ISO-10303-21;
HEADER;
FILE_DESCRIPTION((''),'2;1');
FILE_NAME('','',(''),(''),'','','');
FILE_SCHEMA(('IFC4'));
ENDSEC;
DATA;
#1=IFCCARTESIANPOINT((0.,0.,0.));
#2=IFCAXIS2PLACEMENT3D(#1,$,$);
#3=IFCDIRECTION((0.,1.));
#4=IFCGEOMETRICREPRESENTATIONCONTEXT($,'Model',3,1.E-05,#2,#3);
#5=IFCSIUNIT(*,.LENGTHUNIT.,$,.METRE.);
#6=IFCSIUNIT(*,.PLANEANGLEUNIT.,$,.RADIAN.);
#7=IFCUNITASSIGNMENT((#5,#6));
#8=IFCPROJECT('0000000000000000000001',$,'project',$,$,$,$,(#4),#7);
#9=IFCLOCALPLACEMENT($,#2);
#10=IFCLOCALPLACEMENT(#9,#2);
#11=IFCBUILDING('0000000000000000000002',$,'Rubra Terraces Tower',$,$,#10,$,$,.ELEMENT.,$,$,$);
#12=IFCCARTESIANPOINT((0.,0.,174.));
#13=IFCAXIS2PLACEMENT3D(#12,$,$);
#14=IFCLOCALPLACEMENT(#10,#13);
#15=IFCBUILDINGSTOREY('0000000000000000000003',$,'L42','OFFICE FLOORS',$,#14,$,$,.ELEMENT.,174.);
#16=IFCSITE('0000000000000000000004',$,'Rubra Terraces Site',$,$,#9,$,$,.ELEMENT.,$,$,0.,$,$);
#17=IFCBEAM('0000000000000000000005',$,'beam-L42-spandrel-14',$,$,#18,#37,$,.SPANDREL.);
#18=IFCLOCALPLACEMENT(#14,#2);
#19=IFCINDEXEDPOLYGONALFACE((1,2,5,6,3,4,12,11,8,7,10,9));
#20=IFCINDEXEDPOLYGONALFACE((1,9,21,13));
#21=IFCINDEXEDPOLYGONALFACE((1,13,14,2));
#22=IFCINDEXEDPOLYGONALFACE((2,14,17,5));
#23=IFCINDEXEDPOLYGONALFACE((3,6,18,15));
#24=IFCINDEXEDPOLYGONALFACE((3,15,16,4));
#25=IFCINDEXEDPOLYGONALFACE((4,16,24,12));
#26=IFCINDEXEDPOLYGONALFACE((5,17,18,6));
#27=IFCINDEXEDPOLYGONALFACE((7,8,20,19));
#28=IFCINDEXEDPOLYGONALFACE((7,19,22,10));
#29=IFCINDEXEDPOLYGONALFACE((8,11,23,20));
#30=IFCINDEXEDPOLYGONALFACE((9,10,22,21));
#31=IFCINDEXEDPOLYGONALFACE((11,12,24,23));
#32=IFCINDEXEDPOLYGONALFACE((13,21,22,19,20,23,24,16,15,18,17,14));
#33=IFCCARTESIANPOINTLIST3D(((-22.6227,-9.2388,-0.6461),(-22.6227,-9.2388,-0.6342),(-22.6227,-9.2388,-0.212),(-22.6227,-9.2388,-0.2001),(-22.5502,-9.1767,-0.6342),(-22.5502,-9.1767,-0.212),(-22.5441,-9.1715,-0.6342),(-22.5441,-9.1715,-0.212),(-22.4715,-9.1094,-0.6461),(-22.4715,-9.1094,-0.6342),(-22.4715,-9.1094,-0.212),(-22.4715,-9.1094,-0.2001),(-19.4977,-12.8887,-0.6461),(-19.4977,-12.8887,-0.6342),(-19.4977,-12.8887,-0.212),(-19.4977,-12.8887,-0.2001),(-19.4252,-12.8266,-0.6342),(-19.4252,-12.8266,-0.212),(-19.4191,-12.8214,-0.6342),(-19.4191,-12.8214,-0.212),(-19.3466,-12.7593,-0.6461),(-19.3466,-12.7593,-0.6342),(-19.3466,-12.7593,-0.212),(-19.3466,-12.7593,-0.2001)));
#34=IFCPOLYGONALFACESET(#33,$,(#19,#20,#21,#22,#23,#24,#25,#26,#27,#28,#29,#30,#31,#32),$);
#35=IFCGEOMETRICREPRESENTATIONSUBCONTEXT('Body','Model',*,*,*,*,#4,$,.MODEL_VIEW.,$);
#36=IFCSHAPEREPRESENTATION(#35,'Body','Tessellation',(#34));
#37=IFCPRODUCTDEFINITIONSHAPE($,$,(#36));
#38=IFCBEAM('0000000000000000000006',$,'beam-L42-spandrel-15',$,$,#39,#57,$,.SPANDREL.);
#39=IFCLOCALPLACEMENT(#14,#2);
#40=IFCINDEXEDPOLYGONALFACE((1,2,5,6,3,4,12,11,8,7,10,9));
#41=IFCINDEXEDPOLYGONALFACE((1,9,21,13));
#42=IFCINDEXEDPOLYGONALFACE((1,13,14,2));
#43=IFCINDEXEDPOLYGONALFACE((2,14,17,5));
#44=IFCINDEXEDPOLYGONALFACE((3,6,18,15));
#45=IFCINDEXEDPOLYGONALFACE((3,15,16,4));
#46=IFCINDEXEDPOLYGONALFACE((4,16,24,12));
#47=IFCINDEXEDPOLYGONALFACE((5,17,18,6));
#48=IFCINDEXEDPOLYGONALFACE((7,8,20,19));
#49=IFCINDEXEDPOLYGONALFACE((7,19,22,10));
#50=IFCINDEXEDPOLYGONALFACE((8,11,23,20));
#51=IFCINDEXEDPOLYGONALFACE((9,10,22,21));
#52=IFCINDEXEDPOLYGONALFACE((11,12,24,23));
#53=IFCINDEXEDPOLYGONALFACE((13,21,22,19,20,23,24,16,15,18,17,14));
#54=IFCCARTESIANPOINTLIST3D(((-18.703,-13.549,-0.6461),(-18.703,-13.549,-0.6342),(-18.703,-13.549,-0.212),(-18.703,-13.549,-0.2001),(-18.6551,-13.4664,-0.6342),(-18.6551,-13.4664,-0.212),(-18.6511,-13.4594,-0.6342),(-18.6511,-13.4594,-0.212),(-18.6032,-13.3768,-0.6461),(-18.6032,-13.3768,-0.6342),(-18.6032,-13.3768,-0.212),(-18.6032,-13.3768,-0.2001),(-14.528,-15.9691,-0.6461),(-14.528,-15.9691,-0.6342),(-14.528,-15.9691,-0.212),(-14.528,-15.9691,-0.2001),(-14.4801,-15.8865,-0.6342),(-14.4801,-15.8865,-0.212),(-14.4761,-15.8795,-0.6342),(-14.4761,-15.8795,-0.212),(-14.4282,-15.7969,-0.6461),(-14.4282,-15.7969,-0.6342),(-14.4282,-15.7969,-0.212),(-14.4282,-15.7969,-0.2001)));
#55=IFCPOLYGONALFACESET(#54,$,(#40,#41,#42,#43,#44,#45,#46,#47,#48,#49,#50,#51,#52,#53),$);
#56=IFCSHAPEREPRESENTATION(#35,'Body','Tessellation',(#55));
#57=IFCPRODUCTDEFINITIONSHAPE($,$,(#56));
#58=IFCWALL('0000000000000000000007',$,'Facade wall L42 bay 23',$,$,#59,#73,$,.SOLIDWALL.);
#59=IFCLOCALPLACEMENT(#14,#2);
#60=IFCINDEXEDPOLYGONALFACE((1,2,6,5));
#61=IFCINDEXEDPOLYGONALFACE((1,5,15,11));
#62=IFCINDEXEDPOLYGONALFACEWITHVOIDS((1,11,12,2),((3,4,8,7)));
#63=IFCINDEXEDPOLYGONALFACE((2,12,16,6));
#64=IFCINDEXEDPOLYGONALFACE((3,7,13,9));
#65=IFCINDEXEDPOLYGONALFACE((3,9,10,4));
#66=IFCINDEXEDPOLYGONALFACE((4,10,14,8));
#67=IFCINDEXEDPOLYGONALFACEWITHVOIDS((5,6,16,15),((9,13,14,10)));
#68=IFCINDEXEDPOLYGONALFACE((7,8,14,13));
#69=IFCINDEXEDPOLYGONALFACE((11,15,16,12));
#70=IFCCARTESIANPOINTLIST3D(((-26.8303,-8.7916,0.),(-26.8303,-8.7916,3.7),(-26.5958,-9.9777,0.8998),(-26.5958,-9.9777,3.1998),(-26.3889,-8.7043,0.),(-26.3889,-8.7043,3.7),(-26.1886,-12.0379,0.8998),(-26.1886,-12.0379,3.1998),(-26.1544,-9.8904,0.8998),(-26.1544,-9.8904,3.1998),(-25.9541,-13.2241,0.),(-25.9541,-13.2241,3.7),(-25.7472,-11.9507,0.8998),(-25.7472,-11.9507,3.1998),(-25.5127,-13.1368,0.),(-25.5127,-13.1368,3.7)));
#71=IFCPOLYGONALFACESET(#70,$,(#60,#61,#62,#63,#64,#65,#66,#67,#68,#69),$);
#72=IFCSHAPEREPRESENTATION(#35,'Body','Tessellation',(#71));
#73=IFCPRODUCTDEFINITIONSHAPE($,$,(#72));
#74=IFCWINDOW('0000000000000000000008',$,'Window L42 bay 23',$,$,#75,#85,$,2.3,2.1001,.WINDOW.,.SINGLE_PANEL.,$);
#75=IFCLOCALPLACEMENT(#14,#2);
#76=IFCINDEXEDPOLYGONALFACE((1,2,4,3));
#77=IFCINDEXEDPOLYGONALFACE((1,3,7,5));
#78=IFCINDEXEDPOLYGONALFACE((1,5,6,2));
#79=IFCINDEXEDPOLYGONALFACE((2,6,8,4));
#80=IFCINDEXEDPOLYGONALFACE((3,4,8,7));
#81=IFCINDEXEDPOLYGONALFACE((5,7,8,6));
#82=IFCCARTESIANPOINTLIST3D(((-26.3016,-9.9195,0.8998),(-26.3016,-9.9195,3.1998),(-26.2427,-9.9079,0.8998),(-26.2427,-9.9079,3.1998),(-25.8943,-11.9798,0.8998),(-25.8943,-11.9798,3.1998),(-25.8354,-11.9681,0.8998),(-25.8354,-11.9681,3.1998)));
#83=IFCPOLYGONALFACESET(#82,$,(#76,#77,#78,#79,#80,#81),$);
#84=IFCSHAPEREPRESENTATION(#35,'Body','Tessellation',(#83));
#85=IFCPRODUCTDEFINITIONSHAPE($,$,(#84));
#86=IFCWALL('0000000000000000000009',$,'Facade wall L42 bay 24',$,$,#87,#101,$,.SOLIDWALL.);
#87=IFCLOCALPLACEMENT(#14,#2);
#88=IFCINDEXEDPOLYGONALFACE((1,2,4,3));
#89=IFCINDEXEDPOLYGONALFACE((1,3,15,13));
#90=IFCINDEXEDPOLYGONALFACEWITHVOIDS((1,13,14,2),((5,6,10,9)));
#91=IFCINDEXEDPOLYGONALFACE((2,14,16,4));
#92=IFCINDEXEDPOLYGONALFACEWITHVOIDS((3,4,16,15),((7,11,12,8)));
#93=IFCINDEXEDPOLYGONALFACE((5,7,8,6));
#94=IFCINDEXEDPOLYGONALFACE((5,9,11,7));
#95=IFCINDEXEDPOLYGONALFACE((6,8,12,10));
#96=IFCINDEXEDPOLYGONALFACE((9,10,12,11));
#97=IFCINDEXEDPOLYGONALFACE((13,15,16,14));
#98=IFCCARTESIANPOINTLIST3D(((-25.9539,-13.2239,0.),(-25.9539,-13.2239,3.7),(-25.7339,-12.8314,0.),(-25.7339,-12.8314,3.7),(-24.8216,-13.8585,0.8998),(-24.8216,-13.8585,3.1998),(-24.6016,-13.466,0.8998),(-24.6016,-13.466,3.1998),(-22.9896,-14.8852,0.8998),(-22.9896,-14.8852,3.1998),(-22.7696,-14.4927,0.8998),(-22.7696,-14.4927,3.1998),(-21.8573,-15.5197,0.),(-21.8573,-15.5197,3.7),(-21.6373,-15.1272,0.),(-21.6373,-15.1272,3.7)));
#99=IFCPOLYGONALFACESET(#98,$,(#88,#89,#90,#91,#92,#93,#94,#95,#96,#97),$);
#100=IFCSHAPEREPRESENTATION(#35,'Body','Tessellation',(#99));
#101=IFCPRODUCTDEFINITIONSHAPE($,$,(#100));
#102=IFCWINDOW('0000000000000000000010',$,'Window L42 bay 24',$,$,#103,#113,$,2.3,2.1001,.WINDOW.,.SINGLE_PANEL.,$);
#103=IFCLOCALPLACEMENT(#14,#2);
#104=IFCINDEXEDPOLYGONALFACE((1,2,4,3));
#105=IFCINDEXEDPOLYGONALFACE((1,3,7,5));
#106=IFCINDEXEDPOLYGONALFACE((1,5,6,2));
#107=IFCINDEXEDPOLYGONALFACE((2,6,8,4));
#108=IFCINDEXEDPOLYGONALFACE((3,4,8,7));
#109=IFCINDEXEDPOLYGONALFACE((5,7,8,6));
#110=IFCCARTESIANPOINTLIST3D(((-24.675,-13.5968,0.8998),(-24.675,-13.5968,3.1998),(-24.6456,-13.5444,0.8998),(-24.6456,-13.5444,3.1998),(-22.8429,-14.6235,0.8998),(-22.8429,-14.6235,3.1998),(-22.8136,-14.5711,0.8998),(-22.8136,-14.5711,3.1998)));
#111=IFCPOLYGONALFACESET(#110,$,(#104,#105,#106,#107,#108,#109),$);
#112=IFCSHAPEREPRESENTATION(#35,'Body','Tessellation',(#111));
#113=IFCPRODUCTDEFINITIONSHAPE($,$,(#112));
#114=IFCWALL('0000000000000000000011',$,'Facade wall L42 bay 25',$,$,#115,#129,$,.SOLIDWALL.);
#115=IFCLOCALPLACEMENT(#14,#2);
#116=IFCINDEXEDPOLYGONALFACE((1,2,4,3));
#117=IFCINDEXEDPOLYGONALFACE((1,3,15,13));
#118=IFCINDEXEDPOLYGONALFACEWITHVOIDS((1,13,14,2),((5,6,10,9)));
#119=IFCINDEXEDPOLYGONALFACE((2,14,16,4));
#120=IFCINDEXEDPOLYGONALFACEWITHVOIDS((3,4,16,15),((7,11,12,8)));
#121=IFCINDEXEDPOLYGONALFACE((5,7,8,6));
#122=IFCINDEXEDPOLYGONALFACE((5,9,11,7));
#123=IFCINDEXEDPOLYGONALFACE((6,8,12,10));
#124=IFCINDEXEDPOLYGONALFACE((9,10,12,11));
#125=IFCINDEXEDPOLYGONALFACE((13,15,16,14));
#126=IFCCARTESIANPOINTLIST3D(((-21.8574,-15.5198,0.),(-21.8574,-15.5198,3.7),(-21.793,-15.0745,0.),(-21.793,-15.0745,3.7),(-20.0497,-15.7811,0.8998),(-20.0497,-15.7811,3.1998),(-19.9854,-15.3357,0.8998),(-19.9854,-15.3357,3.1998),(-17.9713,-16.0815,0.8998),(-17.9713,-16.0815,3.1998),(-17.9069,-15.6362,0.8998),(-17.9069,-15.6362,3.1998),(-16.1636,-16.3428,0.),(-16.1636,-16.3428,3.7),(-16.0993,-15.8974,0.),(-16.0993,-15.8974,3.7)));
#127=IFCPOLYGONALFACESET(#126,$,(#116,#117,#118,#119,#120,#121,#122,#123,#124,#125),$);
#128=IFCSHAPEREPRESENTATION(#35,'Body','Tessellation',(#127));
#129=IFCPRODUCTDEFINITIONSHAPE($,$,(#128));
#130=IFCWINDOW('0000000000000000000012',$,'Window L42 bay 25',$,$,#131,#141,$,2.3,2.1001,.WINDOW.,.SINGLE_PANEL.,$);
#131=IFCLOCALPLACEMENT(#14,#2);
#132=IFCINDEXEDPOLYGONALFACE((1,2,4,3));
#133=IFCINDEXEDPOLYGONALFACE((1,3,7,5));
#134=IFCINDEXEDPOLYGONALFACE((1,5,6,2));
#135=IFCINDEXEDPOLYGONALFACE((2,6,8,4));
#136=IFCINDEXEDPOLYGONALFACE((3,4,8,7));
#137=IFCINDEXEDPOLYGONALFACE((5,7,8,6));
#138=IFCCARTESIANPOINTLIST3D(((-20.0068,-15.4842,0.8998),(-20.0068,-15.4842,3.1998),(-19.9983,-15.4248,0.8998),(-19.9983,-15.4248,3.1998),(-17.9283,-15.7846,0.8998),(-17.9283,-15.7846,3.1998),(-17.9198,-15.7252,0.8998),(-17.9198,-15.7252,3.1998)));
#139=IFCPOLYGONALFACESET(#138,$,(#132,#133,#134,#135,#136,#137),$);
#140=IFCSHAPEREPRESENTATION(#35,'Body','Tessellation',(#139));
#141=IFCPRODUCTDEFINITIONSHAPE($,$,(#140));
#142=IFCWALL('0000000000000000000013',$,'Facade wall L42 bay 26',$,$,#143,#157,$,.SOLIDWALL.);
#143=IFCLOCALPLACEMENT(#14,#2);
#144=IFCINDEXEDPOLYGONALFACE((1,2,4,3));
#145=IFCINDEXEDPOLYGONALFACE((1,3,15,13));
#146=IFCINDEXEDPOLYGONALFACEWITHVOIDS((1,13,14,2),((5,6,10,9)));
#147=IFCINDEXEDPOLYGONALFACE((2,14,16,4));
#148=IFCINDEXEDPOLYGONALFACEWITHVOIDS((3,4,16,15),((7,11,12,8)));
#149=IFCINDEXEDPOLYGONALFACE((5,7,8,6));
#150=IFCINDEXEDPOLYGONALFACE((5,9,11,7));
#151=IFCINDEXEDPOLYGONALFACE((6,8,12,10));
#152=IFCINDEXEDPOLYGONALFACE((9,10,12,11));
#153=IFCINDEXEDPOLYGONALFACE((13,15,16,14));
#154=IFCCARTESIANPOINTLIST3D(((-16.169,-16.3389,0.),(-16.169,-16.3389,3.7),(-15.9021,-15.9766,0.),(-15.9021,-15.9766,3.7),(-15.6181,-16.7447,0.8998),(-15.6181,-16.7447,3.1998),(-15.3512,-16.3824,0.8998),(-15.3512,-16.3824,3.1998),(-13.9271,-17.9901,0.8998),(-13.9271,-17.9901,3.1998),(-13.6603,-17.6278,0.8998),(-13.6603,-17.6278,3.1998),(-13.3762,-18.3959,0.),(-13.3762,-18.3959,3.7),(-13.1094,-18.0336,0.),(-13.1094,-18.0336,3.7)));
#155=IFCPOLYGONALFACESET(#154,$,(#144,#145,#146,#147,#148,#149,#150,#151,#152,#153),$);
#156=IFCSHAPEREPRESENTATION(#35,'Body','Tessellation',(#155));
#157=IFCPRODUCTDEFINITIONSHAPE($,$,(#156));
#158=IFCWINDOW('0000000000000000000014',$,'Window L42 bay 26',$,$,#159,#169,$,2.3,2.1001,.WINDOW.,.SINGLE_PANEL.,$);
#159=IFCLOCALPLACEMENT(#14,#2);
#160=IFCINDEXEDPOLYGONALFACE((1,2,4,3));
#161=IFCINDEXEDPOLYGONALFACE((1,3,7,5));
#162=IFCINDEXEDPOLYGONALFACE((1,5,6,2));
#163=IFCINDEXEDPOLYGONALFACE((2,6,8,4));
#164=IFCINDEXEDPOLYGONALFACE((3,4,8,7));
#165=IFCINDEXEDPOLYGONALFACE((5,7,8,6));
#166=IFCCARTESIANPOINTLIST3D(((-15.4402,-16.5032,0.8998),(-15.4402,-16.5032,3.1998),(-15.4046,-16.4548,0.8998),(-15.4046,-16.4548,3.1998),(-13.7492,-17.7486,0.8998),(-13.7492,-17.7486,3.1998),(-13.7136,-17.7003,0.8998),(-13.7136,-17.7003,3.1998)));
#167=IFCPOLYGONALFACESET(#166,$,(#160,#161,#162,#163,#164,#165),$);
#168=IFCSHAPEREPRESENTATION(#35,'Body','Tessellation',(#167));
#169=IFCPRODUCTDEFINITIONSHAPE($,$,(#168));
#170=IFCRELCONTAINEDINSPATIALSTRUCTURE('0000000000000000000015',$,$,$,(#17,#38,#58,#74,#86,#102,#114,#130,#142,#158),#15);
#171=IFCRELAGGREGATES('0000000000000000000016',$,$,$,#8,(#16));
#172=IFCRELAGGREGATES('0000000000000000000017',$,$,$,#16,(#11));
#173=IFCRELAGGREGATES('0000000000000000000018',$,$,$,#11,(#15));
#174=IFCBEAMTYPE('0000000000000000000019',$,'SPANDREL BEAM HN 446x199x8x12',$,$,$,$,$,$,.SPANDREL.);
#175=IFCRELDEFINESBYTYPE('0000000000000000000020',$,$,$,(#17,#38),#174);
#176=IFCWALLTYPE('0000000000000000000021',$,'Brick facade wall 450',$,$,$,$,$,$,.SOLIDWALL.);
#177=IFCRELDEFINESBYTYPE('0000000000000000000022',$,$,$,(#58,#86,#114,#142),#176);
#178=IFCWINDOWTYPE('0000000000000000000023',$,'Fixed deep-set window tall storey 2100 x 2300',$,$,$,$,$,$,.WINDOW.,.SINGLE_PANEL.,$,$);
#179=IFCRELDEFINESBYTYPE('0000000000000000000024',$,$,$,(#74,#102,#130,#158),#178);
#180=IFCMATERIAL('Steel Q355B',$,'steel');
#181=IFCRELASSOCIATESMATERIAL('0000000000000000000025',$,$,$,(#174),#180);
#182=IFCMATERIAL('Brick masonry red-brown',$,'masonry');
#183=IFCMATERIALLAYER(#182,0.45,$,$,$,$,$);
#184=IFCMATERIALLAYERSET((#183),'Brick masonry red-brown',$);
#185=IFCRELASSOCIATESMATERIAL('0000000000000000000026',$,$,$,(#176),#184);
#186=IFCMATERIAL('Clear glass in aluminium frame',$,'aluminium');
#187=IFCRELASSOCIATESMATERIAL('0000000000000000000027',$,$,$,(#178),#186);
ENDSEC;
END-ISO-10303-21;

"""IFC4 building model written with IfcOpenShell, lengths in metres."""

from ifc_helpers import new_model, si_unit, direction, frame, frame_2d, origin, origin_2d, place, context, subcontext, project, spatial, rectangle, i_section, extrude, material, layer, layer_set, material_profile, profile_set, type_object, element, fill, save


model = new_model("IFC4")

# Units and contexts
model_context = context("Model", 3, precision=1e-05, world=origin(), true_north=direction((0.0, 1.0)))
body_context = subcontext(model_context, "Body", "Model", "MODEL_VIEW")
ifc_project = project(units=[si_unit("LENGTHUNIT", "METRE"), si_unit("PLANEANGLEUNIT", "RADIAN")], contexts=[model_context])

# Site, building, storey
site_placement = place(None, origin())
site = spatial("IfcSite", under=ifc_project, at=site_placement, Name="Rubra Terraces Site", CompositionType="ELEMENT", RefElevation=0.0)
building_placement = place(site_placement, origin())
building = spatial("IfcBuilding", under=site, at=building_placement, Name="Rubra Terraces Tower", CompositionType="ELEMENT")
storey_placement = place(building_placement, frame((0.0, 0.0, 174.0)))
storey = spatial("IfcBuildingStorey", under=building, at=storey_placement, Name="L42", Description="OFFICE FLOORS", CompositionType="ELEMENT", Elevation=174.0)

# Beams
ifc_material_1 = material(Name="Steel Q355B", Category="steel")
ifc_material_profile_1 = material_profile(ifc_material_1, i_section(OverallWidth=0.199, OverallDepth=0.446, WebThickness=0.0081, FlangeThickness=0.012, at=origin_2d()), Name="HN 446x199x8x12")
ifc_profile_set_1 = profile_set([ifc_material_profile_1], Name="Steel Q355B")
beam_type_1 = type_object("IfcBeamType", Name="SPANDREL BEAM HN 446x199x8x12", PredefinedType="SPANDREL", material=ifc_profile_set_1)
beam_1_placement = place(storey_placement, frame((-22.5471, -9.1741, -0.4231), z_axis=(0.650373, -0.759615, 0.0), x_axis=(0.759615, 0.650373, 0.0)))
element("IfcBeam", 1, at=beam_1_placement, inside=storey, type_object=beam_type_1, Name="beam-L42-spandrel-14", PredefinedType="SPANDREL", context=body_context, shape_type="SweptSolid", body=[
    extrude(i_section(OverallWidth=0.199, OverallDepth=0.446, WebThickness=0.0081, FlangeThickness=0.012, at=origin_2d()), origin(), (0.0, 0.0, 1.0), 4.8049),
])
beam_2_placement = place(storey_placement, frame((-18.6531, -13.4629, -0.4231), z_axis=(0.865154, -0.501507, 0.0), x_axis=(0.501507, 0.865154, 0.0)))
element("IfcBeam", 2, at=beam_2_placement, inside=storey, type_object=beam_type_1, Name="beam-L42-spandrel-15", PredefinedType="SPANDREL", context=body_context, shape_type="SweptSolid", body=[
    extrude(i_section(OverallWidth=0.199, OverallDepth=0.446, WebThickness=0.0081, FlangeThickness=0.012, at=origin_2d()), origin(), (0.0, 0.0, 1.0), 4.8257),
])

# Walls, openings, windows
ifc_material_2 = material(Name="Brick masonry red-brown", Category="masonry")
ifc_layer_1 = layer(ifc_material_2, 0.45)
ifc_layer_set_1 = layer_set([ifc_layer_1], Name="Brick masonry red-brown")
wall_type_1 = type_object("IfcWallType", Name="Brick facade wall 450", PredefinedType="SOLIDWALL", material=ifc_layer_set_1)
wall_1_placement = place(storey_placement, frame((-26.6096, -8.7478, 0.0), z_axis=(0.0, 0.0, 1.0), x_axis=(0.193923, -0.981017, 0.0)))
wall_1 = element("IfcWall", 3, at=wall_1_placement, inside=storey, type_object=wall_type_1, Name="Facade wall L42 bay 23", PredefinedType="SOLIDWALL", context=body_context, shape_type="SweptSolid", body=[
    extrude(rectangle(XDim=4.5183, YDim=0.45, at=frame_2d((2.2593, 0.0))), origin(), (0.0, 0.0, 1.0), 3.7),
])
opening_1_placement = place(wall_1_placement, frame((1.2092, 0.0, 0.8999)))
opening_1 = element("IfcOpeningElement", 4, at=opening_1_placement, cuts=wall_1, PredefinedType="OPENING", context=body_context, shape_type="SweptSolid", body=[
    extrude(rectangle(XDim=2.1001, YDim=2.3, at=frame_2d((1.05, 1.1499))), frame((0.0, 0.2349, 0.0), z_axis=(0.0, -1.0, 0.0), x_axis=(1.0, 0.0, 0.0)), (0.0, 0.0, 1.0), 0.47),
])
ifc_material_3 = material(Name="Clear glass in aluminium frame", Category="aluminium")
window_type = type_object("IfcWindowType", Name="Fixed deep-set window tall storey 2100 x 2300", PartitioningType="SINGLE_PANEL", PredefinedType="WINDOW", material=ifc_material_3)
window_1_placement = place(opening_1_placement, origin())
window_1 = element("IfcWindow", 5, at=window_1_placement, inside=storey, type_object=window_type, Name="Window L42 bay 23", OverallHeight=2.3, OverallWidth=2.1001, PartitioningType="SINGLE_PANEL", PredefinedType="WINDOW", context=body_context, shape_type="SweptSolid", body=[
    extrude(rectangle(XDim=2.1001, YDim=2.3, at=frame_2d((1.05, 1.1499))), frame((0.0, 0.135, 0.0), z_axis=(0.0, -1.0, 0.0), x_axis=(1.0, 0.0, 0.0)), (0.0, 0.0, 1.0), 0.0601),
])
fill(opening_1, window_1)
wall_2_placement = place(storey_placement, frame((-25.844, -13.0276, 0.0), z_axis=(0.0, 0.0, 1.0), x_axis=(0.872346, -0.488888, 0.0)))
wall_2 = element("IfcWall", 6, at=wall_2_placement, inside=storey, type_object=wall_type_1, Name="Facade wall L42 bay 24", PredefinedType="SOLIDWALL", context=body_context, shape_type="SweptSolid", body=[
    extrude(rectangle(XDim=4.696, YDim=0.45, at=frame_2d((2.3481, 0.0))), origin(), (0.0, 0.0, 1.0), 3.7),
])
opening_2_placement = place(wall_2_placement, frame((1.2981, 0.0, 0.8999)))
opening_2 = element("IfcOpeningElement", 7, at=opening_2_placement, cuts=wall_2, PredefinedType="OPENING", context=body_context, shape_type="SweptSolid", body=[
    extrude(rectangle(XDim=2.1001, YDim=2.3, at=frame_2d((1.05, 1.1499))), frame((0.0, 0.2349, 0.0), z_axis=(0.0, -1.0, 0.0), x_axis=(1.0, 0.0, 0.0)), (0.0, 0.0, 1.0), 0.47),
])
window_2_placement = place(opening_2_placement, origin())
window_2 = element("IfcWindow", 8, at=window_2_placement, inside=storey, type_object=window_type, Name="Window L42 bay 24", OverallHeight=2.3, OverallWidth=2.1001, PartitioningType="SINGLE_PANEL", PredefinedType="WINDOW", context=body_context, shape_type="SweptSolid", body=[
    extrude(rectangle(XDim=2.1001, YDim=2.3, at=frame_2d((1.05, 1.1499))), frame((0.0, 0.135, 0.0), z_axis=(0.0, -1.0, 0.0), x_axis=(1.0, 0.0, 0.0)), (0.0, 0.0, 1.0), 0.0601),
])
fill(opening_2, window_2)
wall_3_placement = place(storey_placement, frame((-21.8252, -15.2971, 0.0), z_axis=(0.0, 0.0, 1.0), x_axis=(0.989715, -0.143055, 0.0)))
wall_3 = element("IfcWall", 9, at=wall_3_placement, inside=storey, type_object=wall_type_1, Name="Facade wall L42 bay 25", PredefinedType="SOLIDWALL", context=body_context, shape_type="SweptSolid", body=[
    extrude(rectangle(XDim=5.7529, YDim=0.45, at=frame_2d((2.8765, 0.0))), origin(), (0.0, 0.0, 1.0), 3.7),
])
opening_3_placement = place(wall_3_placement, frame((1.8264, 0.0, 0.8999)))
opening_3 = element("IfcOpeningElement", 10, at=opening_3_placement, cuts=wall_3, PredefinedType="OPENING", context=body_context, shape_type="SweptSolid", body=[
    extrude(rectangle(XDim=2.1001, YDim=2.3, at=frame_2d((1.05, 1.1499))), frame((0.0, 0.2349, 0.0), z_axis=(0.0, -1.0, 0.0), x_axis=(1.0, 0.0, 0.0)), (0.0, 0.0, 1.0), 0.47),
])
window_3_placement = place(opening_3_placement, origin())
window_3 = element("IfcWindow", 11, at=window_3_placement, inside=storey, type_object=window_type, Name="Window L42 bay 25", OverallHeight=2.3, OverallWidth=2.1001, PartitioningType="SINGLE_PANEL", PredefinedType="WINDOW", context=body_context, shape_type="SweptSolid", body=[
    extrude(rectangle(XDim=2.1001, YDim=2.3, at=frame_2d((1.05, 1.1499))), frame((0.0, 0.135, 0.0), z_axis=(0.0, -1.0, 0.0), x_axis=(1.0, 0.0, 0.0)), (0.0, 0.0, 1.0), 0.0601),
])
fill(opening_3, window_3)
wall_4_placement = place(storey_placement, frame((-16.0356, -16.1577, 0.0), z_axis=(0.0, 0.0, 1.0), x_axis=(0.805181, -0.593029, 0.0)))
wall_4 = element("IfcWall", 12, at=wall_4_placement, inside=storey, type_object=wall_type_1, Name="Facade wall L42 bay 26", PredefinedType="SOLIDWALL", context=body_context, shape_type="SweptSolid", body=[
    extrude(rectangle(XDim=3.4685, YDim=0.45, at=frame_2d((1.7344, 0.0))), origin(), (0.0, 0.0, 1.0), 3.7),
])
opening_4_placement = place(wall_4_placement, frame((0.6843, 0.0, 0.8999)))
opening_4 = element("IfcOpeningElement", 13, at=opening_4_placement, cuts=wall_4, PredefinedType="OPENING", context=body_context, shape_type="SweptSolid", body=[
    extrude(rectangle(XDim=2.1001, YDim=2.3, at=frame_2d((1.05, 1.1499))), frame((0.0, 0.2349, 0.0), z_axis=(0.0, -1.0, 0.0), x_axis=(1.0, 0.0, 0.0)), (0.0, 0.0, 1.0), 0.47),
])
window_4_placement = place(opening_4_placement, origin())
window_4 = element("IfcWindow", 14, at=window_4_placement, inside=storey, type_object=window_type, Name="Window L42 bay 26", OverallHeight=2.3, OverallWidth=2.1001, PartitioningType="SINGLE_PANEL", PredefinedType="WINDOW", context=body_context, shape_type="SweptSolid", body=[
    extrude(rectangle(XDim=2.1001, YDim=2.3, at=frame_2d((1.05, 1.1499))), frame((0.0, 0.135, 0.0), z_axis=(0.0, -1.0, 0.0), x_axis=(1.0, 0.0, 0.0)), (0.0, 0.0, 1.0), 0.0601),
])
fill(opening_4, window_4)

save(model, "model.ifc")
